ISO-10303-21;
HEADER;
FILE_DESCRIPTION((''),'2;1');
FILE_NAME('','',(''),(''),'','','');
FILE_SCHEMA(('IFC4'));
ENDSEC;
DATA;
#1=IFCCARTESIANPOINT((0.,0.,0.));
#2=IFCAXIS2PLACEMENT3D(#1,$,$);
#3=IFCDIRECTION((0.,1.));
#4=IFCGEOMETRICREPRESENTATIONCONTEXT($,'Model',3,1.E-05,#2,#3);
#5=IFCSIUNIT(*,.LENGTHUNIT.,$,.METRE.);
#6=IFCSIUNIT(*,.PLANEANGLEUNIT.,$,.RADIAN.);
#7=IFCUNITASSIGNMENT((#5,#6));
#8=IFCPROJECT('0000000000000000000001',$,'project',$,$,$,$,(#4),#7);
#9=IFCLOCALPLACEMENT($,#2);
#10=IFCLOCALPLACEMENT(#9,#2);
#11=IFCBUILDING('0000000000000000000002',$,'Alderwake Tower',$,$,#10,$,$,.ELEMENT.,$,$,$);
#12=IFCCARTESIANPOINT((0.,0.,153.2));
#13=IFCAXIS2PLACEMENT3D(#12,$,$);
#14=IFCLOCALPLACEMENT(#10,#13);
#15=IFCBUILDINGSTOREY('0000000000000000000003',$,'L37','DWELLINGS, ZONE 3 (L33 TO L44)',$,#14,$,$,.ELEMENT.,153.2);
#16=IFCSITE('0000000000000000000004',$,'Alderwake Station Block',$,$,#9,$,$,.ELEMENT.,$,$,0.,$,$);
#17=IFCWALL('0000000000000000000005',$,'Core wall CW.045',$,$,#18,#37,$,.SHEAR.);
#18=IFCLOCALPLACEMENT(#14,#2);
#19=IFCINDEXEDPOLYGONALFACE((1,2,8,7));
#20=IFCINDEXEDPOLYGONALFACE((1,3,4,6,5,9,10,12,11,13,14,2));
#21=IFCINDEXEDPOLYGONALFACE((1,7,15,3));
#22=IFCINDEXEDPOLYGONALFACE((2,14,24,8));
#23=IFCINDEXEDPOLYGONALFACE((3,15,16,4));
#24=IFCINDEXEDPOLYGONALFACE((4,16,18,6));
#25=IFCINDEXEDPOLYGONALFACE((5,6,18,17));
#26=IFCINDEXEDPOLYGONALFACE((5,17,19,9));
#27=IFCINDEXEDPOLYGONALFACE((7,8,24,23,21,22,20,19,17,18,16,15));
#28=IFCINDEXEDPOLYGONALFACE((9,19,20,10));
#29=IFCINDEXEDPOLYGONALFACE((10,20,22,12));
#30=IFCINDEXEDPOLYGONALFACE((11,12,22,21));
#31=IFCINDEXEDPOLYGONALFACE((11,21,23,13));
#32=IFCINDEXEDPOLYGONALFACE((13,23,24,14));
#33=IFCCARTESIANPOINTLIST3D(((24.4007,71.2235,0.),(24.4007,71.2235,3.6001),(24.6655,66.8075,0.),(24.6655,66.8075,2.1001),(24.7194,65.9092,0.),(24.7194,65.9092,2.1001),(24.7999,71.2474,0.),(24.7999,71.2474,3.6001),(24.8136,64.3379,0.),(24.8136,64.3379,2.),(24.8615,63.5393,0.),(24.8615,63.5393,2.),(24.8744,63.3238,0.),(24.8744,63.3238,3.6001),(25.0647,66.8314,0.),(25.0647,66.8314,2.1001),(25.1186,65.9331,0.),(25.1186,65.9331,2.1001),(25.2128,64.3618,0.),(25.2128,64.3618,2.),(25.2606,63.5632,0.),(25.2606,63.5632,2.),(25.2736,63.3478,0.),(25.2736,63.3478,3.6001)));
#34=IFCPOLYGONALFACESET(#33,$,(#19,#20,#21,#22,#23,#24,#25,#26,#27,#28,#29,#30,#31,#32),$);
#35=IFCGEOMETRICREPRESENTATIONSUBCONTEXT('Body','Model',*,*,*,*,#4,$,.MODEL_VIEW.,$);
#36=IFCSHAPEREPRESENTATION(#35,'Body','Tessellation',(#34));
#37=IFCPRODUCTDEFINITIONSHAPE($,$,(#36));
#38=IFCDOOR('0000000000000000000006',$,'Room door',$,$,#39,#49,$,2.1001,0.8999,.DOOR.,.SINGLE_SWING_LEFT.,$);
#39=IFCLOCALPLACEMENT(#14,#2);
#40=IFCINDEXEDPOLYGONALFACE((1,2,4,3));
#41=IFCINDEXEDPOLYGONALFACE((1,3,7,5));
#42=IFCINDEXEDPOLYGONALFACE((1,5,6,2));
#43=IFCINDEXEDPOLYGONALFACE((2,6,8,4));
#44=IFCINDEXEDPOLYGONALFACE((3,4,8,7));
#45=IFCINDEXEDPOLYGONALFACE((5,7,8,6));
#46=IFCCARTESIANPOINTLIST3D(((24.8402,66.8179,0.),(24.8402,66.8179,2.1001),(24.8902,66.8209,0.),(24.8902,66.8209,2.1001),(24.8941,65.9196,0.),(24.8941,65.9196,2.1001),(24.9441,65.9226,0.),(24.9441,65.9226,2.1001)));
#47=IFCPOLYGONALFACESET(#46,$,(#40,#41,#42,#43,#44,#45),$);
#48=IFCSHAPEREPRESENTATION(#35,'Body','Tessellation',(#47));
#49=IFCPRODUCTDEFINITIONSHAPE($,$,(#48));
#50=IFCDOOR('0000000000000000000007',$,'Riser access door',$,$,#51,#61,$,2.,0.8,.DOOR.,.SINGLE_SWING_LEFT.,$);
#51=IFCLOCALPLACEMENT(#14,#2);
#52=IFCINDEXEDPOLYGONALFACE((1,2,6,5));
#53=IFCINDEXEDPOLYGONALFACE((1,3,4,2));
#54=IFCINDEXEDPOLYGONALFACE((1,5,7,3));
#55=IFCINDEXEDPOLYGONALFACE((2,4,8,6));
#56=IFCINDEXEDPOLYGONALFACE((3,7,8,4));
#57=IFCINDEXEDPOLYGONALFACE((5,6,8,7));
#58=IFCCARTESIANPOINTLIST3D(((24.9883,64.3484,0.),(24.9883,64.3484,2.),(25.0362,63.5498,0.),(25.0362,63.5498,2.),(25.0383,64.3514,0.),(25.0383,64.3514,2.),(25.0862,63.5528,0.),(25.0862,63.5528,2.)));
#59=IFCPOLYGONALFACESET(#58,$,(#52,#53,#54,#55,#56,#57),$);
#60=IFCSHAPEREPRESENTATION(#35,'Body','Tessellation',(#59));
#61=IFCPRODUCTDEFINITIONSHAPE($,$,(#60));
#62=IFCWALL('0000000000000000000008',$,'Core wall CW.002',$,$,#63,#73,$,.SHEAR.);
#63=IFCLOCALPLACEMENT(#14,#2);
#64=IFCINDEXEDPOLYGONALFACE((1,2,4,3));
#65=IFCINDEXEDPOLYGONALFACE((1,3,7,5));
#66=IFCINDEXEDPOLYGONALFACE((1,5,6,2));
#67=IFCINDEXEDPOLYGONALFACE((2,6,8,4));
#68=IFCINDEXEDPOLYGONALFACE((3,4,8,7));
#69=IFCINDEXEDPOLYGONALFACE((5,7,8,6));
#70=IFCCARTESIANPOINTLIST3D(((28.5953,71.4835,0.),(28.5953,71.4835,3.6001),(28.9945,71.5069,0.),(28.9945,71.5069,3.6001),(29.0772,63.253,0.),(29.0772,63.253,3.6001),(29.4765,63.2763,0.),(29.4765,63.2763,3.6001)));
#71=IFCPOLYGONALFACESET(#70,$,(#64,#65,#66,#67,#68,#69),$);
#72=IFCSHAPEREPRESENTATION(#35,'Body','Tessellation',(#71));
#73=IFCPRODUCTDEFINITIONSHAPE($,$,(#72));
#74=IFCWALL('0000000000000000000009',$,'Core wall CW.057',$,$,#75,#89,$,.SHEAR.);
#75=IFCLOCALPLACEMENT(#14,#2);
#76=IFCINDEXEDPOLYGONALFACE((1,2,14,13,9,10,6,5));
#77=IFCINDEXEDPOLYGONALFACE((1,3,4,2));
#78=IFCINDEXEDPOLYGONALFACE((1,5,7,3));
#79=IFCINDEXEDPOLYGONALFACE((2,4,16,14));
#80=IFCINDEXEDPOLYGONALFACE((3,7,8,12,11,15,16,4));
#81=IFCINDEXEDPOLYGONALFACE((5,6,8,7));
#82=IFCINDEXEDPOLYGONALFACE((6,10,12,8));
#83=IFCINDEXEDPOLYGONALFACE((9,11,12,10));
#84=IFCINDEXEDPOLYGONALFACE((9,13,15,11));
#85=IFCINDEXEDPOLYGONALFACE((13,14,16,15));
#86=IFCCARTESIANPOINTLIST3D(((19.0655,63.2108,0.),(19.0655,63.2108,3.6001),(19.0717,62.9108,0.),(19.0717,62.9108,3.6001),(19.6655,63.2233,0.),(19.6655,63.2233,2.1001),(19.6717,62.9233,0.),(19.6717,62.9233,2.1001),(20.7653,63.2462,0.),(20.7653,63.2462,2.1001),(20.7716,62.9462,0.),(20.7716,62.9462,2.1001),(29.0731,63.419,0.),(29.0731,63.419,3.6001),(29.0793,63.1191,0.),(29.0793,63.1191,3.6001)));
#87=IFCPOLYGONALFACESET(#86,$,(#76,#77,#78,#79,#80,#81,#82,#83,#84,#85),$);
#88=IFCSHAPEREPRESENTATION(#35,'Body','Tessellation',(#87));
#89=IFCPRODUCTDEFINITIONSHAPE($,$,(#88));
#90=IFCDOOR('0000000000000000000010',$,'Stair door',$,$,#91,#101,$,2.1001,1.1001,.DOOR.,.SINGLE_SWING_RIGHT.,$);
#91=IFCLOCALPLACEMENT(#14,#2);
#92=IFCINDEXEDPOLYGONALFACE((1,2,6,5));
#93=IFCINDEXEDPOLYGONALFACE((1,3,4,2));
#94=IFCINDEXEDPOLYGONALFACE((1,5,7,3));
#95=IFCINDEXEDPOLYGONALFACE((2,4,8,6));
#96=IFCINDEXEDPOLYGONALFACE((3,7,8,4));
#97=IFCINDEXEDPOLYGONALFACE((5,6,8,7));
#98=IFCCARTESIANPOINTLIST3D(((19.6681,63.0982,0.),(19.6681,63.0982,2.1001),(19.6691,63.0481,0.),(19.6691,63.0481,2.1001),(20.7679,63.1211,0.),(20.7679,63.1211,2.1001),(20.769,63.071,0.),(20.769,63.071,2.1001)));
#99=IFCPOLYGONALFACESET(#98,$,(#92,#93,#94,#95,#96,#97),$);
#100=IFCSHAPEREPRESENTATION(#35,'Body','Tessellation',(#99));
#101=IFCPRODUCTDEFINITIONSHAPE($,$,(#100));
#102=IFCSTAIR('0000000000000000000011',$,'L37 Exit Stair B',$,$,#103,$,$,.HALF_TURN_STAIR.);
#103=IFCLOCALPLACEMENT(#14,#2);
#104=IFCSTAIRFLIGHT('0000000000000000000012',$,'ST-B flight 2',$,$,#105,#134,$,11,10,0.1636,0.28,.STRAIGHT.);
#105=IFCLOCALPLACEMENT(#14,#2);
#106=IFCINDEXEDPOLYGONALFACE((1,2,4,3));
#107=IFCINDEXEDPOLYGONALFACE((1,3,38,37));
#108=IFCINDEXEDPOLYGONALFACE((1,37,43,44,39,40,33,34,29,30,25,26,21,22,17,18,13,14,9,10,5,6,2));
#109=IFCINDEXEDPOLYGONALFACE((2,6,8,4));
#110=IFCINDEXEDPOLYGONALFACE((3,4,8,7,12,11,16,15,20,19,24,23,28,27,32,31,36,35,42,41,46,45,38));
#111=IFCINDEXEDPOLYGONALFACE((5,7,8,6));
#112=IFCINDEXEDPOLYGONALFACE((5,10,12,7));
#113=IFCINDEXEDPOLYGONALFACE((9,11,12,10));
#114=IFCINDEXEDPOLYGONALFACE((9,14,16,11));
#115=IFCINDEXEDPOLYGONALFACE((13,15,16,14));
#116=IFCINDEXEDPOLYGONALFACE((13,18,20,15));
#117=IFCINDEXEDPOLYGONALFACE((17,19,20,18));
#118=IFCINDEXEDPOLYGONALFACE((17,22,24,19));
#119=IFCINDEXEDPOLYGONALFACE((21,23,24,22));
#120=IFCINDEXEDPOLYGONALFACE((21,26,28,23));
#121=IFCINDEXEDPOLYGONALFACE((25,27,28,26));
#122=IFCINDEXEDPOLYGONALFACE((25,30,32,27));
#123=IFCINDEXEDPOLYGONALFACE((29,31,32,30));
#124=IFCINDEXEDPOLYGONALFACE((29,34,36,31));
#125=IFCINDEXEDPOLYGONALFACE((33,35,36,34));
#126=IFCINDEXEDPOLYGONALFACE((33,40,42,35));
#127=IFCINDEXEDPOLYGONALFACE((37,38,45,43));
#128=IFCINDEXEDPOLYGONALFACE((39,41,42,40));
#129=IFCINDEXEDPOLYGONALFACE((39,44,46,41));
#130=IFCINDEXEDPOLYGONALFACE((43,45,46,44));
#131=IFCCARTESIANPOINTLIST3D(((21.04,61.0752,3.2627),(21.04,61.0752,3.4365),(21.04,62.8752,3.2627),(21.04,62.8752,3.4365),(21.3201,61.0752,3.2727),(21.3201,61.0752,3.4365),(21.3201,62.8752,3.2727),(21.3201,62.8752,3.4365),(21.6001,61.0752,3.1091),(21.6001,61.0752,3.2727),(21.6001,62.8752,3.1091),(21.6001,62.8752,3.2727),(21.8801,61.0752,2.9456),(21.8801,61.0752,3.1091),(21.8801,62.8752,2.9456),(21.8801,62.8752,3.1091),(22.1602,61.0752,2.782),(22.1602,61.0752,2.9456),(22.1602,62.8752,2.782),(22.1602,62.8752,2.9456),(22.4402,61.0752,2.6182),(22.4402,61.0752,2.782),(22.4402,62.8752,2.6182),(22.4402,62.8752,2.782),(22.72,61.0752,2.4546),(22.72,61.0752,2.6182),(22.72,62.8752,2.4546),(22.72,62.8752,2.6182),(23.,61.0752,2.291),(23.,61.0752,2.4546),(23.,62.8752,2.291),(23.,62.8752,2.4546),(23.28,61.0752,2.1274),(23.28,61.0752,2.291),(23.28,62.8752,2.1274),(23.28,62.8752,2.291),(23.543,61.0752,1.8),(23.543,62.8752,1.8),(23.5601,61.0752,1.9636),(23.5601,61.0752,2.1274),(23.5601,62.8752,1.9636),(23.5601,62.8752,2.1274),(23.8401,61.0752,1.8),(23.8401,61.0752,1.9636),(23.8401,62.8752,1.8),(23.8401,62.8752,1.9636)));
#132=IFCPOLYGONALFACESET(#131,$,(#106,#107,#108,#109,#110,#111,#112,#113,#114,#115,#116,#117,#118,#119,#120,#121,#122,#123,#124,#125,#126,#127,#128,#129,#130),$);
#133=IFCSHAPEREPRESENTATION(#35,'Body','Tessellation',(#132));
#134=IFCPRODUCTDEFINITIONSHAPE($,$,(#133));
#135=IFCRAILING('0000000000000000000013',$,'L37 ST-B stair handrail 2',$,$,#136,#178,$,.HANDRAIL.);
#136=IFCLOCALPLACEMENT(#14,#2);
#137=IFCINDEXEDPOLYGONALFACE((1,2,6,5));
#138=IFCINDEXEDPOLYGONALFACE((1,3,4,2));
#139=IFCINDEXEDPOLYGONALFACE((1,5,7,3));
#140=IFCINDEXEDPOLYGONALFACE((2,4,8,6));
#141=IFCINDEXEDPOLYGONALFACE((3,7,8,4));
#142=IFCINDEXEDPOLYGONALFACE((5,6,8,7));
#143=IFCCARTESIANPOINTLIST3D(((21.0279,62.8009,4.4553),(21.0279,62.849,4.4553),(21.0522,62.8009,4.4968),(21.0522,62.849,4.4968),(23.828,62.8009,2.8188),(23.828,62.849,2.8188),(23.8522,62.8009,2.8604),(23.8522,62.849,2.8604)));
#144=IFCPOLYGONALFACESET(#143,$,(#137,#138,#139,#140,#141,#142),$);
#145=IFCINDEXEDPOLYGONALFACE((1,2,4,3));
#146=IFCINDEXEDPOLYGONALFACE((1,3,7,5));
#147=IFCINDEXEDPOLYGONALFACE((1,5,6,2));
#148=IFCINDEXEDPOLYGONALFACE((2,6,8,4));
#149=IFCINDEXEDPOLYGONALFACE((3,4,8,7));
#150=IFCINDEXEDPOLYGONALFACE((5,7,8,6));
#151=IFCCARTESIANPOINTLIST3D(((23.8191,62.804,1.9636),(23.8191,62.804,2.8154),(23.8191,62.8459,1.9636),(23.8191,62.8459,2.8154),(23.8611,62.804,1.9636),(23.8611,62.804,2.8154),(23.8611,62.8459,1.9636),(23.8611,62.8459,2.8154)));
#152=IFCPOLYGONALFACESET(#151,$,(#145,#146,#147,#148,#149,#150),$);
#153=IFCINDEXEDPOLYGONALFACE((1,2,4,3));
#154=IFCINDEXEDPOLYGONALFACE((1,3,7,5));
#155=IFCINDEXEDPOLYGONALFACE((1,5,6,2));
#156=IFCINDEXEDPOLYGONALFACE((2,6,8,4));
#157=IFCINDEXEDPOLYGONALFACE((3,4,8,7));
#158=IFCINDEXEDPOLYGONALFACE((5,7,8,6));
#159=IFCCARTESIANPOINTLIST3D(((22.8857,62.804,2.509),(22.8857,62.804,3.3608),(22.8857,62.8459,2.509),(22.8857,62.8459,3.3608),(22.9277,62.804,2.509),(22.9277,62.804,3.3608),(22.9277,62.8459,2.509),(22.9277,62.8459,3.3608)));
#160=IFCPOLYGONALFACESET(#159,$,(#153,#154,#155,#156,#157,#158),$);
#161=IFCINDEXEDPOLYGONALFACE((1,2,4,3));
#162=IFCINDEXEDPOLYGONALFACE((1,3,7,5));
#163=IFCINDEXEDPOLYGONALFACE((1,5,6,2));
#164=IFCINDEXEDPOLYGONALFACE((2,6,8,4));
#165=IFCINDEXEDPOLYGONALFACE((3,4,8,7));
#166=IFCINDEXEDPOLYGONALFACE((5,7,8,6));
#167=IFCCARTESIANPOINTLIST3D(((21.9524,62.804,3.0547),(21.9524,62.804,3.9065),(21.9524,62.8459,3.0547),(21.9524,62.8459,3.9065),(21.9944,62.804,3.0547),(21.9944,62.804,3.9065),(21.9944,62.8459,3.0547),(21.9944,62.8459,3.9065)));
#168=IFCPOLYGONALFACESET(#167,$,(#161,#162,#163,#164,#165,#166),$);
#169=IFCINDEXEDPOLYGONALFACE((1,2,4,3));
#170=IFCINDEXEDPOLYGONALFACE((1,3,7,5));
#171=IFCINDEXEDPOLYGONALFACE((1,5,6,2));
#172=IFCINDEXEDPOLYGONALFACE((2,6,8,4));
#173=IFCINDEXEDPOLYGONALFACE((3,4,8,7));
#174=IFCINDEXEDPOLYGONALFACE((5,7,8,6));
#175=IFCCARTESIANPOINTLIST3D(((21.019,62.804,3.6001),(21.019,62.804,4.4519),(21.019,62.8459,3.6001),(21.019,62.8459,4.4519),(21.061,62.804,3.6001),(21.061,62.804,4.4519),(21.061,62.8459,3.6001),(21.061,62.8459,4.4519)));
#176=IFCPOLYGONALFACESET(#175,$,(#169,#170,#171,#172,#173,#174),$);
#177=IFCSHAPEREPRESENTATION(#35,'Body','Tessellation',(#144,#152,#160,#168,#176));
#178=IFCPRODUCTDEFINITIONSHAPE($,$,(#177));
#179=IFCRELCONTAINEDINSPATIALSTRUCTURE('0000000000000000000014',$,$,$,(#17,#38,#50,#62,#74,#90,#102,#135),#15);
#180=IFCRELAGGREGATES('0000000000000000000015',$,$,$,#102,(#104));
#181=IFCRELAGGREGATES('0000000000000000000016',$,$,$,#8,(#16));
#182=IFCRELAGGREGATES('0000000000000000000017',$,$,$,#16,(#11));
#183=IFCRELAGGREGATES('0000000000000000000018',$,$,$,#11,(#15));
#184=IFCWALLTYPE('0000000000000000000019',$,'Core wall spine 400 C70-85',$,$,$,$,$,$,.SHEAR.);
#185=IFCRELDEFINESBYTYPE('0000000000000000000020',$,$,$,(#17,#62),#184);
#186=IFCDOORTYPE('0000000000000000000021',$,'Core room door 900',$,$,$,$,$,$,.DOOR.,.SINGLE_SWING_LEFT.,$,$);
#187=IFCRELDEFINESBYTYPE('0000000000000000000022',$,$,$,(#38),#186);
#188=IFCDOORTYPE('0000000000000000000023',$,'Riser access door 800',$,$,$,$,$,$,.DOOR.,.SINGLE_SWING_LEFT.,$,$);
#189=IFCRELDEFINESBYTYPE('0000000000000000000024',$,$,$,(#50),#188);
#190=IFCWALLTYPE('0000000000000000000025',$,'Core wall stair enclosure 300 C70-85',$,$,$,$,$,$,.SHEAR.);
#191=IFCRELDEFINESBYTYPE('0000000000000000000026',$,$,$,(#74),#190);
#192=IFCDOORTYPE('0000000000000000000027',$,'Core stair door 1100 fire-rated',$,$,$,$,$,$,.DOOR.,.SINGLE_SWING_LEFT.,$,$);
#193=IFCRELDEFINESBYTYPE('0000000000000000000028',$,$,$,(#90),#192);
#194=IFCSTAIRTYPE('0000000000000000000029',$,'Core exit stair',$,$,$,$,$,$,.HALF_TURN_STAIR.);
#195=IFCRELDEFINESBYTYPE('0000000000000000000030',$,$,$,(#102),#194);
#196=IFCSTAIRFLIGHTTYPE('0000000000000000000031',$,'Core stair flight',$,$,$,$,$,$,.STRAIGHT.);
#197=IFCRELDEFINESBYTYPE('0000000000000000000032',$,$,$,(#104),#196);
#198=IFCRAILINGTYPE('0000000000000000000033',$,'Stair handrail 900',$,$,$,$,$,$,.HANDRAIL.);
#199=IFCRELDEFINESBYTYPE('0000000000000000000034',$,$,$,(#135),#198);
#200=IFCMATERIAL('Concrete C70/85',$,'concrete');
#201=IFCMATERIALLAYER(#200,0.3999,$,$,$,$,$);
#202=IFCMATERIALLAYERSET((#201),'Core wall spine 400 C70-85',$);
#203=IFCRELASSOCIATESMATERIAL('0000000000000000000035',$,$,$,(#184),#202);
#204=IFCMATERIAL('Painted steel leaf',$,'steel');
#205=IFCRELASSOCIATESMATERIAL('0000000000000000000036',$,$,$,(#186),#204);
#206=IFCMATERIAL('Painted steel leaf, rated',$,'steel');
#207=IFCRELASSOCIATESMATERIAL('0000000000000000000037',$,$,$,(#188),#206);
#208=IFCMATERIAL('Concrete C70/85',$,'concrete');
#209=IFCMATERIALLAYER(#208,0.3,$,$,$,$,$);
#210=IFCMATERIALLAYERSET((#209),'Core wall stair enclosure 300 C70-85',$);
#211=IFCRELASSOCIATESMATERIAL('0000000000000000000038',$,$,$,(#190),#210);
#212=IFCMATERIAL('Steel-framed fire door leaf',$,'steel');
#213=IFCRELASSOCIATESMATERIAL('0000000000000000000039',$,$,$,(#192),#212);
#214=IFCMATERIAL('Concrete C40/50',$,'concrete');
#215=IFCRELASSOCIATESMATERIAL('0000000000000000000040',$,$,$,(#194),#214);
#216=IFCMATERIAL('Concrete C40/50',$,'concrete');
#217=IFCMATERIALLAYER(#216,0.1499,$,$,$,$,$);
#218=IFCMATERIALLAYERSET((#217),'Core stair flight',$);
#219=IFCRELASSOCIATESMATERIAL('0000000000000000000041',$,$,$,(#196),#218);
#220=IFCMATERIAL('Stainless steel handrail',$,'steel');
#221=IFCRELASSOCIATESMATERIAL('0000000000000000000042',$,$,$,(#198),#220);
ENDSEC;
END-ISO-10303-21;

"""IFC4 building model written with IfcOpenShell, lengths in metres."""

from ifc_helpers import new_model, si_unit, direction, frame, frame_2d, origin, origin_2d, place, context, subcontext, project, spatial, polyline, rectangle, outline, extrude, material, layer, layer_set, type_object, element, fill, aggregate, save


model = new_model("IFC4")

# Units and contexts
model_context = context("Model", 3, precision=1e-05, world=origin(), true_north=direction((0.0, 1.0)))
body_context = subcontext(model_context, "Body", "Model", "MODEL_VIEW")
ifc_project = project(units=[si_unit("LENGTHUNIT", "METRE"), si_unit("PLANEANGLEUNIT", "RADIAN")], contexts=[model_context])

# Site, building, storey
site_placement = place(None, origin())
site = spatial("IfcSite", under=ifc_project, at=site_placement, Name="Alderwake Station Block", CompositionType="ELEMENT", RefElevation=0.0)
building_placement = place(site_placement, origin())
building = spatial("IfcBuilding", under=site, at=building_placement, Name="Alderwake Tower", CompositionType="ELEMENT")
storey_placement = place(building_placement, frame((0.0, 0.0, 153.2)))
storey = spatial("IfcBuildingStorey", under=building, at=storey_placement, Name="L37", Description="DWELLINGS, ZONE 3 (L33 TO L44)", CompositionType="ELEMENT", Elevation=153.2)

# Wall, openings, doors
ifc_material_1 = material(Name="Concrete C70/85", Category="concrete")
ifc_layer_1 = layer(ifc_material_1, 0.3999)
ifc_layer_set_1 = layer_set([ifc_layer_1], Name="Core wall spine 400 C70-85")
wall_type_1 = type_object("IfcWallType", Name="Core wall spine 400 C70-85", PredefinedType="SHEAR", material=ifc_layer_set_1)
wall_1_placement = place(storey_placement, frame((25.074, 63.3357, 0.0), z_axis=(0.0, 0.0, 1.0), x_axis=(-0.059849, 0.998207, 0.0)))
wall_1 = element("IfcWall", 1, at=wall_1_placement, inside=storey, type_object=wall_type_1, Name="Core wall CW.045", PredefinedType="SHEAR", context=body_context, shape_type="SweptSolid", body=[
    extrude(rectangle(XDim=7.9138, YDim=0.3999, at=frame_2d((3.957, 0.0))), origin(), (0.0, 0.0, 1.0), 3.6001),
])
opening_1_placement = place(wall_1_placement, frame((0.2161, 0.0, 0.0)))
opening_1 = element("IfcOpeningElement", 2, at=opening_1_placement, cuts=wall_1, PredefinedType="OPENING", context=body_context, shape_type="SweptSolid", body=[
    extrude(rectangle(XDim=0.8, YDim=2.0, at=frame_2d((0.3999, 1.0))), frame((0.0, 0.21, 0.0), z_axis=(0.0, -1.0, 0.0), x_axis=(1.0, 0.0, 0.0)), (0.0, 0.0, 1.0), 0.4199),
])
opening_2_placement = place(wall_1_placement, frame((2.5901, 0.0, 0.0)))
opening_2 = element("IfcOpeningElement", 3, at=opening_2_placement, cuts=wall_1, PredefinedType="OPENING", context=body_context, shape_type="SweptSolid", body=[
    extrude(rectangle(XDim=0.8999, YDim=2.1001, at=frame_2d((0.45, 1.05))), frame((0.0, 0.21, 0.0), z_axis=(0.0, -1.0, 0.0), x_axis=(1.0, 0.0, 0.0)), (0.0, 0.0, 1.0), 0.4199),
])
ifc_material_2 = material(Name="Painted steel leaf", Category="steel")
door_type_1 = type_object("IfcDoorType", Name="Core room door 900", OperationType="SINGLE_SWING_LEFT", PredefinedType="DOOR", material=ifc_material_2)
door_1_placement = place(opening_2_placement, origin())
door_1 = element("IfcDoor", 4, at=door_1_placement, inside=storey, type_object=door_type_1, Name="Room door", OperationType="SINGLE_SWING_LEFT", OverallHeight=2.1001, OverallWidth=0.8999, PredefinedType="DOOR", context=body_context, shape_type="SweptSolid", body=[
    extrude(rectangle(XDim=0.8999, YDim=2.1001, at=frame_2d((0.45, 1.05))), frame((0.0, 0.0249, 0.0), z_axis=(0.0, -1.0, 0.0), x_axis=(1.0, 0.0, 0.0)), (0.0, 0.0, 1.0), 0.05),
])
fill(opening_2, door_1)
ifc_material_3 = material(Name="Painted steel leaf, rated", Category="steel")
door_type_2 = type_object("IfcDoorType", Name="Riser access door 800", OperationType="SINGLE_SWING_LEFT", PredefinedType="DOOR", material=ifc_material_3)
door_2_placement = place(opening_1_placement, origin())
door_2 = element("IfcDoor", 5, at=door_2_placement, inside=storey, type_object=door_type_2, Name="Riser access door", OperationType="SINGLE_SWING_LEFT", OverallHeight=2.0, OverallWidth=0.8, PredefinedType="DOOR", context=body_context, shape_type="SweptSolid", body=[
    extrude(rectangle(XDim=0.8, YDim=2.0, at=frame_2d((0.3999, 1.0))), frame((0.0, 0.0249, 0.0), z_axis=(0.0, -1.0, 0.0), x_axis=(1.0, 0.0, 0.0)), (0.0, 0.0, 1.0), 0.05),
])
fill(opening_1, door_2)

# Wall
wall_2_placement = place(storey_placement, frame((29.2769, 63.2646, 0.0), z_axis=(0.0, 0.0, 1.0), x_axis=(-0.058455, 0.99829, 0.0)))
element("IfcWall", 6, at=wall_2_placement, inside=storey, type_object=wall_type_1, Name="Core wall CW.002", PredefinedType="SHEAR", context=body_context, shape_type="SweptSolid", body=[
    extrude(rectangle(XDim=8.2446, YDim=0.3999, at=frame_2d((4.1223, 0.0))), origin(), (0.0, 0.0, 1.0), 3.6001),
])

# Wall, opening, door
ifc_material_4 = material(Name="Concrete C70/85", Category="concrete")
ifc_layer_2 = layer(ifc_material_4, 0.3)
ifc_layer_set_2 = layer_set([ifc_layer_2], Name="Core wall stair enclosure 300 C70-85")
wall_type_2 = type_object("IfcWallType", Name="Core wall stair enclosure 300 C70-85", PredefinedType="SHEAR", material=ifc_layer_set_2)
wall_3_placement = place(storey_placement, frame((19.0686, 63.0608, 0.0), z_axis=(0.0, 0.0, 1.0), x_axis=(0.999784, 0.020805, 0.0)))
wall_3 = element("IfcWall", 7, at=wall_3_placement, inside=storey, type_object=wall_type_2, Name="Core wall CW.057", PredefinedType="SHEAR", context=body_context, shape_type="SweptSolid", body=[
    extrude(rectangle(XDim=10.0098, YDim=0.3, at=frame_2d((5.0049, 0.0))), origin(), (0.0, 0.0, 1.0), 3.6001),
])
opening_3_placement = place(wall_3_placement, frame((0.6001, 0.0, 0.0)))
opening_3 = element("IfcOpeningElement", 8, at=opening_3_placement, cuts=wall_3, PredefinedType="OPENING", context=body_context, shape_type="SweptSolid", body=[
    extrude(rectangle(XDim=1.1001, YDim=2.1001, at=frame_2d((0.55, 1.05))), frame((0.0, 0.1599, 0.0), z_axis=(0.0, -1.0, 0.0), x_axis=(1.0, 0.0, 0.0)), (0.0, 0.0, 1.0), 0.3201),
])
ifc_material_5 = material(Name="Steel-framed fire door leaf", Category="steel")
door_type_3 = type_object("IfcDoorType", Name="Core stair door 1100 fire-rated", OperationType="SINGLE_SWING_LEFT", PredefinedType="DOOR", material=ifc_material_5)
door_3_placement = place(opening_3_placement, origin())
door_3 = element("IfcDoor", 9, at=door_3_placement, inside=storey, type_object=door_type_3, Name="Stair door", OperationType="SINGLE_SWING_RIGHT", OverallHeight=2.1001, OverallWidth=1.1001, PredefinedType="DOOR", context=body_context, shape_type="SweptSolid", body=[
    extrude(rectangle(XDim=1.1001, YDim=2.1001, at=frame_2d((0.55, 1.05))), frame((0.0, 0.0249, 0.0), z_axis=(0.0, -1.0, 0.0), x_axis=(1.0, 0.0, 0.0)), (0.0, 0.0, 1.0), 0.05),
])
fill(opening_3, door_3)

# Stair, stair flight
ifc_material_6 = material(Name="Concrete C40/50", Category="concrete")
stair_type = type_object("IfcStairType", Name="Core exit stair", PredefinedType="HALF_TURN_STAIR", material=ifc_material_6)
stair_placement = place(storey_placement, origin())
stair = element("IfcStair", 10, at=stair_placement, inside=storey, type_object=stair_type, Name="L37 Exit Stair B", PredefinedType="HALF_TURN_STAIR")
ifc_material_7 = material(Name="Concrete C40/50", Category="concrete")
ifc_layer_3 = layer(ifc_material_7, 0.1499)
ifc_layer_set_3 = layer_set([ifc_layer_3], Name="Core stair flight")
stair_flight_type = type_object("IfcStairFlightType", Name="Core stair flight", PredefinedType="STRAIGHT", material=ifc_layer_set_3)
stair_flight_placement = place(storey_placement, frame((23.8401, 61.9751, 1.8), z_axis=(0.0, 0.0, 1.0), x_axis=(-1.0, 0.0, 0.0)))
stair_flight = element("IfcStairFlight", 11, at=stair_flight_placement, type_object=stair_flight_type, Name="ST-B flight 2", NumberOfRisers=11, NumberOfTreads=10, PredefinedType="STRAIGHT", RiserHeight=0.1636, TreadLength=0.28, context=body_context, shape_type="SweptSolid", body=[
    extrude(outline(polyline([(0.0, 0.0), (0.0, 0.1636), (0.28, 0.1636), (0.28, 0.3274), (0.5601, 0.3274), (0.5601, 0.491), (0.8401, 0.491), (0.8401, 0.6545), (1.1201, 0.6545), (1.1201, 0.8181), (1.3999, 0.8181), (1.3999, 0.9819), (1.6799, 0.9819), (1.6799, 1.1455), (1.96, 1.1455), (1.96, 1.3091), (2.24, 1.3091), (2.24, 1.4727), (2.52, 1.4727), (2.52, 1.6365), (2.8, 1.6365), (2.8, 1.8), (2.8, 1.4626), (0.2971, 0.0), (0.0, 0.0)])), frame((0.0, 0.8999, 0.0), z_axis=(0.0, -1.0, 0.0), x_axis=(1.0, 0.0, 0.0)), (0.0, 0.0, 1.0), 1.8),
])
aggregate(stair, [stair_flight])

# Railing
ifc_material_8 = material(Name="Stainless steel handrail", Category="steel")
railing_type = type_object("IfcRailingType", Name="Stair handrail 900", PredefinedType="HANDRAIL", material=ifc_material_8)
railing_placement = place(storey_placement, frame((23.8401, 62.825, 1.9636)))
element("IfcRailing", 12, at=railing_placement, inside=storey, type_object=railing_type, Name="L37 ST-B stair handrail 2", PredefinedType="HANDRAIL", context=body_context, shape_type="SweptSolid", body=[
    extrude(rectangle(XDim=0.0481, YDim=0.0481, at=origin_2d()), frame((0.0, 0.0, 0.876), z_axis=(-0.863361, 0.0, 0.504587), x_axis=(0.0, -1.0, 0.0)), (0.0, 0.0, 1.0), 3.2432),
    extrude(rectangle(XDim=0.042, YDim=0.042, at=origin_2d()), frame((0.0, 0.0, 0.0), z_axis=(0.0, 0.0, 1.0), x_axis=(-1.0, 0.0, 0.0)), (0.0, 0.0, 1.0), 0.8518),
    extrude(rectangle(XDim=0.042, YDim=0.042, at=origin_2d()), frame((-0.9333, 0.0, 0.5454), z_axis=(0.0, 0.0, 1.0), x_axis=(-1.0, 0.0, 0.0)), (0.0, 0.0, 1.0), 0.8518),
    extrude(rectangle(XDim=0.042, YDim=0.042, at=origin_2d()), frame((-1.8667, 0.0, 1.0911), z_axis=(0.0, 0.0, 1.0), x_axis=(-1.0, 0.0, 0.0)), (0.0, 0.0, 1.0), 0.8518),
    extrude(rectangle(XDim=0.042, YDim=0.042, at=origin_2d()), frame((-2.8, 0.0, 1.6365), z_axis=(0.0, 0.0, 1.0), x_axis=(-1.0, 0.0, 0.0)), (0.0, 0.0, 1.0), 0.8518),
])

save(model, "model.ifc")
